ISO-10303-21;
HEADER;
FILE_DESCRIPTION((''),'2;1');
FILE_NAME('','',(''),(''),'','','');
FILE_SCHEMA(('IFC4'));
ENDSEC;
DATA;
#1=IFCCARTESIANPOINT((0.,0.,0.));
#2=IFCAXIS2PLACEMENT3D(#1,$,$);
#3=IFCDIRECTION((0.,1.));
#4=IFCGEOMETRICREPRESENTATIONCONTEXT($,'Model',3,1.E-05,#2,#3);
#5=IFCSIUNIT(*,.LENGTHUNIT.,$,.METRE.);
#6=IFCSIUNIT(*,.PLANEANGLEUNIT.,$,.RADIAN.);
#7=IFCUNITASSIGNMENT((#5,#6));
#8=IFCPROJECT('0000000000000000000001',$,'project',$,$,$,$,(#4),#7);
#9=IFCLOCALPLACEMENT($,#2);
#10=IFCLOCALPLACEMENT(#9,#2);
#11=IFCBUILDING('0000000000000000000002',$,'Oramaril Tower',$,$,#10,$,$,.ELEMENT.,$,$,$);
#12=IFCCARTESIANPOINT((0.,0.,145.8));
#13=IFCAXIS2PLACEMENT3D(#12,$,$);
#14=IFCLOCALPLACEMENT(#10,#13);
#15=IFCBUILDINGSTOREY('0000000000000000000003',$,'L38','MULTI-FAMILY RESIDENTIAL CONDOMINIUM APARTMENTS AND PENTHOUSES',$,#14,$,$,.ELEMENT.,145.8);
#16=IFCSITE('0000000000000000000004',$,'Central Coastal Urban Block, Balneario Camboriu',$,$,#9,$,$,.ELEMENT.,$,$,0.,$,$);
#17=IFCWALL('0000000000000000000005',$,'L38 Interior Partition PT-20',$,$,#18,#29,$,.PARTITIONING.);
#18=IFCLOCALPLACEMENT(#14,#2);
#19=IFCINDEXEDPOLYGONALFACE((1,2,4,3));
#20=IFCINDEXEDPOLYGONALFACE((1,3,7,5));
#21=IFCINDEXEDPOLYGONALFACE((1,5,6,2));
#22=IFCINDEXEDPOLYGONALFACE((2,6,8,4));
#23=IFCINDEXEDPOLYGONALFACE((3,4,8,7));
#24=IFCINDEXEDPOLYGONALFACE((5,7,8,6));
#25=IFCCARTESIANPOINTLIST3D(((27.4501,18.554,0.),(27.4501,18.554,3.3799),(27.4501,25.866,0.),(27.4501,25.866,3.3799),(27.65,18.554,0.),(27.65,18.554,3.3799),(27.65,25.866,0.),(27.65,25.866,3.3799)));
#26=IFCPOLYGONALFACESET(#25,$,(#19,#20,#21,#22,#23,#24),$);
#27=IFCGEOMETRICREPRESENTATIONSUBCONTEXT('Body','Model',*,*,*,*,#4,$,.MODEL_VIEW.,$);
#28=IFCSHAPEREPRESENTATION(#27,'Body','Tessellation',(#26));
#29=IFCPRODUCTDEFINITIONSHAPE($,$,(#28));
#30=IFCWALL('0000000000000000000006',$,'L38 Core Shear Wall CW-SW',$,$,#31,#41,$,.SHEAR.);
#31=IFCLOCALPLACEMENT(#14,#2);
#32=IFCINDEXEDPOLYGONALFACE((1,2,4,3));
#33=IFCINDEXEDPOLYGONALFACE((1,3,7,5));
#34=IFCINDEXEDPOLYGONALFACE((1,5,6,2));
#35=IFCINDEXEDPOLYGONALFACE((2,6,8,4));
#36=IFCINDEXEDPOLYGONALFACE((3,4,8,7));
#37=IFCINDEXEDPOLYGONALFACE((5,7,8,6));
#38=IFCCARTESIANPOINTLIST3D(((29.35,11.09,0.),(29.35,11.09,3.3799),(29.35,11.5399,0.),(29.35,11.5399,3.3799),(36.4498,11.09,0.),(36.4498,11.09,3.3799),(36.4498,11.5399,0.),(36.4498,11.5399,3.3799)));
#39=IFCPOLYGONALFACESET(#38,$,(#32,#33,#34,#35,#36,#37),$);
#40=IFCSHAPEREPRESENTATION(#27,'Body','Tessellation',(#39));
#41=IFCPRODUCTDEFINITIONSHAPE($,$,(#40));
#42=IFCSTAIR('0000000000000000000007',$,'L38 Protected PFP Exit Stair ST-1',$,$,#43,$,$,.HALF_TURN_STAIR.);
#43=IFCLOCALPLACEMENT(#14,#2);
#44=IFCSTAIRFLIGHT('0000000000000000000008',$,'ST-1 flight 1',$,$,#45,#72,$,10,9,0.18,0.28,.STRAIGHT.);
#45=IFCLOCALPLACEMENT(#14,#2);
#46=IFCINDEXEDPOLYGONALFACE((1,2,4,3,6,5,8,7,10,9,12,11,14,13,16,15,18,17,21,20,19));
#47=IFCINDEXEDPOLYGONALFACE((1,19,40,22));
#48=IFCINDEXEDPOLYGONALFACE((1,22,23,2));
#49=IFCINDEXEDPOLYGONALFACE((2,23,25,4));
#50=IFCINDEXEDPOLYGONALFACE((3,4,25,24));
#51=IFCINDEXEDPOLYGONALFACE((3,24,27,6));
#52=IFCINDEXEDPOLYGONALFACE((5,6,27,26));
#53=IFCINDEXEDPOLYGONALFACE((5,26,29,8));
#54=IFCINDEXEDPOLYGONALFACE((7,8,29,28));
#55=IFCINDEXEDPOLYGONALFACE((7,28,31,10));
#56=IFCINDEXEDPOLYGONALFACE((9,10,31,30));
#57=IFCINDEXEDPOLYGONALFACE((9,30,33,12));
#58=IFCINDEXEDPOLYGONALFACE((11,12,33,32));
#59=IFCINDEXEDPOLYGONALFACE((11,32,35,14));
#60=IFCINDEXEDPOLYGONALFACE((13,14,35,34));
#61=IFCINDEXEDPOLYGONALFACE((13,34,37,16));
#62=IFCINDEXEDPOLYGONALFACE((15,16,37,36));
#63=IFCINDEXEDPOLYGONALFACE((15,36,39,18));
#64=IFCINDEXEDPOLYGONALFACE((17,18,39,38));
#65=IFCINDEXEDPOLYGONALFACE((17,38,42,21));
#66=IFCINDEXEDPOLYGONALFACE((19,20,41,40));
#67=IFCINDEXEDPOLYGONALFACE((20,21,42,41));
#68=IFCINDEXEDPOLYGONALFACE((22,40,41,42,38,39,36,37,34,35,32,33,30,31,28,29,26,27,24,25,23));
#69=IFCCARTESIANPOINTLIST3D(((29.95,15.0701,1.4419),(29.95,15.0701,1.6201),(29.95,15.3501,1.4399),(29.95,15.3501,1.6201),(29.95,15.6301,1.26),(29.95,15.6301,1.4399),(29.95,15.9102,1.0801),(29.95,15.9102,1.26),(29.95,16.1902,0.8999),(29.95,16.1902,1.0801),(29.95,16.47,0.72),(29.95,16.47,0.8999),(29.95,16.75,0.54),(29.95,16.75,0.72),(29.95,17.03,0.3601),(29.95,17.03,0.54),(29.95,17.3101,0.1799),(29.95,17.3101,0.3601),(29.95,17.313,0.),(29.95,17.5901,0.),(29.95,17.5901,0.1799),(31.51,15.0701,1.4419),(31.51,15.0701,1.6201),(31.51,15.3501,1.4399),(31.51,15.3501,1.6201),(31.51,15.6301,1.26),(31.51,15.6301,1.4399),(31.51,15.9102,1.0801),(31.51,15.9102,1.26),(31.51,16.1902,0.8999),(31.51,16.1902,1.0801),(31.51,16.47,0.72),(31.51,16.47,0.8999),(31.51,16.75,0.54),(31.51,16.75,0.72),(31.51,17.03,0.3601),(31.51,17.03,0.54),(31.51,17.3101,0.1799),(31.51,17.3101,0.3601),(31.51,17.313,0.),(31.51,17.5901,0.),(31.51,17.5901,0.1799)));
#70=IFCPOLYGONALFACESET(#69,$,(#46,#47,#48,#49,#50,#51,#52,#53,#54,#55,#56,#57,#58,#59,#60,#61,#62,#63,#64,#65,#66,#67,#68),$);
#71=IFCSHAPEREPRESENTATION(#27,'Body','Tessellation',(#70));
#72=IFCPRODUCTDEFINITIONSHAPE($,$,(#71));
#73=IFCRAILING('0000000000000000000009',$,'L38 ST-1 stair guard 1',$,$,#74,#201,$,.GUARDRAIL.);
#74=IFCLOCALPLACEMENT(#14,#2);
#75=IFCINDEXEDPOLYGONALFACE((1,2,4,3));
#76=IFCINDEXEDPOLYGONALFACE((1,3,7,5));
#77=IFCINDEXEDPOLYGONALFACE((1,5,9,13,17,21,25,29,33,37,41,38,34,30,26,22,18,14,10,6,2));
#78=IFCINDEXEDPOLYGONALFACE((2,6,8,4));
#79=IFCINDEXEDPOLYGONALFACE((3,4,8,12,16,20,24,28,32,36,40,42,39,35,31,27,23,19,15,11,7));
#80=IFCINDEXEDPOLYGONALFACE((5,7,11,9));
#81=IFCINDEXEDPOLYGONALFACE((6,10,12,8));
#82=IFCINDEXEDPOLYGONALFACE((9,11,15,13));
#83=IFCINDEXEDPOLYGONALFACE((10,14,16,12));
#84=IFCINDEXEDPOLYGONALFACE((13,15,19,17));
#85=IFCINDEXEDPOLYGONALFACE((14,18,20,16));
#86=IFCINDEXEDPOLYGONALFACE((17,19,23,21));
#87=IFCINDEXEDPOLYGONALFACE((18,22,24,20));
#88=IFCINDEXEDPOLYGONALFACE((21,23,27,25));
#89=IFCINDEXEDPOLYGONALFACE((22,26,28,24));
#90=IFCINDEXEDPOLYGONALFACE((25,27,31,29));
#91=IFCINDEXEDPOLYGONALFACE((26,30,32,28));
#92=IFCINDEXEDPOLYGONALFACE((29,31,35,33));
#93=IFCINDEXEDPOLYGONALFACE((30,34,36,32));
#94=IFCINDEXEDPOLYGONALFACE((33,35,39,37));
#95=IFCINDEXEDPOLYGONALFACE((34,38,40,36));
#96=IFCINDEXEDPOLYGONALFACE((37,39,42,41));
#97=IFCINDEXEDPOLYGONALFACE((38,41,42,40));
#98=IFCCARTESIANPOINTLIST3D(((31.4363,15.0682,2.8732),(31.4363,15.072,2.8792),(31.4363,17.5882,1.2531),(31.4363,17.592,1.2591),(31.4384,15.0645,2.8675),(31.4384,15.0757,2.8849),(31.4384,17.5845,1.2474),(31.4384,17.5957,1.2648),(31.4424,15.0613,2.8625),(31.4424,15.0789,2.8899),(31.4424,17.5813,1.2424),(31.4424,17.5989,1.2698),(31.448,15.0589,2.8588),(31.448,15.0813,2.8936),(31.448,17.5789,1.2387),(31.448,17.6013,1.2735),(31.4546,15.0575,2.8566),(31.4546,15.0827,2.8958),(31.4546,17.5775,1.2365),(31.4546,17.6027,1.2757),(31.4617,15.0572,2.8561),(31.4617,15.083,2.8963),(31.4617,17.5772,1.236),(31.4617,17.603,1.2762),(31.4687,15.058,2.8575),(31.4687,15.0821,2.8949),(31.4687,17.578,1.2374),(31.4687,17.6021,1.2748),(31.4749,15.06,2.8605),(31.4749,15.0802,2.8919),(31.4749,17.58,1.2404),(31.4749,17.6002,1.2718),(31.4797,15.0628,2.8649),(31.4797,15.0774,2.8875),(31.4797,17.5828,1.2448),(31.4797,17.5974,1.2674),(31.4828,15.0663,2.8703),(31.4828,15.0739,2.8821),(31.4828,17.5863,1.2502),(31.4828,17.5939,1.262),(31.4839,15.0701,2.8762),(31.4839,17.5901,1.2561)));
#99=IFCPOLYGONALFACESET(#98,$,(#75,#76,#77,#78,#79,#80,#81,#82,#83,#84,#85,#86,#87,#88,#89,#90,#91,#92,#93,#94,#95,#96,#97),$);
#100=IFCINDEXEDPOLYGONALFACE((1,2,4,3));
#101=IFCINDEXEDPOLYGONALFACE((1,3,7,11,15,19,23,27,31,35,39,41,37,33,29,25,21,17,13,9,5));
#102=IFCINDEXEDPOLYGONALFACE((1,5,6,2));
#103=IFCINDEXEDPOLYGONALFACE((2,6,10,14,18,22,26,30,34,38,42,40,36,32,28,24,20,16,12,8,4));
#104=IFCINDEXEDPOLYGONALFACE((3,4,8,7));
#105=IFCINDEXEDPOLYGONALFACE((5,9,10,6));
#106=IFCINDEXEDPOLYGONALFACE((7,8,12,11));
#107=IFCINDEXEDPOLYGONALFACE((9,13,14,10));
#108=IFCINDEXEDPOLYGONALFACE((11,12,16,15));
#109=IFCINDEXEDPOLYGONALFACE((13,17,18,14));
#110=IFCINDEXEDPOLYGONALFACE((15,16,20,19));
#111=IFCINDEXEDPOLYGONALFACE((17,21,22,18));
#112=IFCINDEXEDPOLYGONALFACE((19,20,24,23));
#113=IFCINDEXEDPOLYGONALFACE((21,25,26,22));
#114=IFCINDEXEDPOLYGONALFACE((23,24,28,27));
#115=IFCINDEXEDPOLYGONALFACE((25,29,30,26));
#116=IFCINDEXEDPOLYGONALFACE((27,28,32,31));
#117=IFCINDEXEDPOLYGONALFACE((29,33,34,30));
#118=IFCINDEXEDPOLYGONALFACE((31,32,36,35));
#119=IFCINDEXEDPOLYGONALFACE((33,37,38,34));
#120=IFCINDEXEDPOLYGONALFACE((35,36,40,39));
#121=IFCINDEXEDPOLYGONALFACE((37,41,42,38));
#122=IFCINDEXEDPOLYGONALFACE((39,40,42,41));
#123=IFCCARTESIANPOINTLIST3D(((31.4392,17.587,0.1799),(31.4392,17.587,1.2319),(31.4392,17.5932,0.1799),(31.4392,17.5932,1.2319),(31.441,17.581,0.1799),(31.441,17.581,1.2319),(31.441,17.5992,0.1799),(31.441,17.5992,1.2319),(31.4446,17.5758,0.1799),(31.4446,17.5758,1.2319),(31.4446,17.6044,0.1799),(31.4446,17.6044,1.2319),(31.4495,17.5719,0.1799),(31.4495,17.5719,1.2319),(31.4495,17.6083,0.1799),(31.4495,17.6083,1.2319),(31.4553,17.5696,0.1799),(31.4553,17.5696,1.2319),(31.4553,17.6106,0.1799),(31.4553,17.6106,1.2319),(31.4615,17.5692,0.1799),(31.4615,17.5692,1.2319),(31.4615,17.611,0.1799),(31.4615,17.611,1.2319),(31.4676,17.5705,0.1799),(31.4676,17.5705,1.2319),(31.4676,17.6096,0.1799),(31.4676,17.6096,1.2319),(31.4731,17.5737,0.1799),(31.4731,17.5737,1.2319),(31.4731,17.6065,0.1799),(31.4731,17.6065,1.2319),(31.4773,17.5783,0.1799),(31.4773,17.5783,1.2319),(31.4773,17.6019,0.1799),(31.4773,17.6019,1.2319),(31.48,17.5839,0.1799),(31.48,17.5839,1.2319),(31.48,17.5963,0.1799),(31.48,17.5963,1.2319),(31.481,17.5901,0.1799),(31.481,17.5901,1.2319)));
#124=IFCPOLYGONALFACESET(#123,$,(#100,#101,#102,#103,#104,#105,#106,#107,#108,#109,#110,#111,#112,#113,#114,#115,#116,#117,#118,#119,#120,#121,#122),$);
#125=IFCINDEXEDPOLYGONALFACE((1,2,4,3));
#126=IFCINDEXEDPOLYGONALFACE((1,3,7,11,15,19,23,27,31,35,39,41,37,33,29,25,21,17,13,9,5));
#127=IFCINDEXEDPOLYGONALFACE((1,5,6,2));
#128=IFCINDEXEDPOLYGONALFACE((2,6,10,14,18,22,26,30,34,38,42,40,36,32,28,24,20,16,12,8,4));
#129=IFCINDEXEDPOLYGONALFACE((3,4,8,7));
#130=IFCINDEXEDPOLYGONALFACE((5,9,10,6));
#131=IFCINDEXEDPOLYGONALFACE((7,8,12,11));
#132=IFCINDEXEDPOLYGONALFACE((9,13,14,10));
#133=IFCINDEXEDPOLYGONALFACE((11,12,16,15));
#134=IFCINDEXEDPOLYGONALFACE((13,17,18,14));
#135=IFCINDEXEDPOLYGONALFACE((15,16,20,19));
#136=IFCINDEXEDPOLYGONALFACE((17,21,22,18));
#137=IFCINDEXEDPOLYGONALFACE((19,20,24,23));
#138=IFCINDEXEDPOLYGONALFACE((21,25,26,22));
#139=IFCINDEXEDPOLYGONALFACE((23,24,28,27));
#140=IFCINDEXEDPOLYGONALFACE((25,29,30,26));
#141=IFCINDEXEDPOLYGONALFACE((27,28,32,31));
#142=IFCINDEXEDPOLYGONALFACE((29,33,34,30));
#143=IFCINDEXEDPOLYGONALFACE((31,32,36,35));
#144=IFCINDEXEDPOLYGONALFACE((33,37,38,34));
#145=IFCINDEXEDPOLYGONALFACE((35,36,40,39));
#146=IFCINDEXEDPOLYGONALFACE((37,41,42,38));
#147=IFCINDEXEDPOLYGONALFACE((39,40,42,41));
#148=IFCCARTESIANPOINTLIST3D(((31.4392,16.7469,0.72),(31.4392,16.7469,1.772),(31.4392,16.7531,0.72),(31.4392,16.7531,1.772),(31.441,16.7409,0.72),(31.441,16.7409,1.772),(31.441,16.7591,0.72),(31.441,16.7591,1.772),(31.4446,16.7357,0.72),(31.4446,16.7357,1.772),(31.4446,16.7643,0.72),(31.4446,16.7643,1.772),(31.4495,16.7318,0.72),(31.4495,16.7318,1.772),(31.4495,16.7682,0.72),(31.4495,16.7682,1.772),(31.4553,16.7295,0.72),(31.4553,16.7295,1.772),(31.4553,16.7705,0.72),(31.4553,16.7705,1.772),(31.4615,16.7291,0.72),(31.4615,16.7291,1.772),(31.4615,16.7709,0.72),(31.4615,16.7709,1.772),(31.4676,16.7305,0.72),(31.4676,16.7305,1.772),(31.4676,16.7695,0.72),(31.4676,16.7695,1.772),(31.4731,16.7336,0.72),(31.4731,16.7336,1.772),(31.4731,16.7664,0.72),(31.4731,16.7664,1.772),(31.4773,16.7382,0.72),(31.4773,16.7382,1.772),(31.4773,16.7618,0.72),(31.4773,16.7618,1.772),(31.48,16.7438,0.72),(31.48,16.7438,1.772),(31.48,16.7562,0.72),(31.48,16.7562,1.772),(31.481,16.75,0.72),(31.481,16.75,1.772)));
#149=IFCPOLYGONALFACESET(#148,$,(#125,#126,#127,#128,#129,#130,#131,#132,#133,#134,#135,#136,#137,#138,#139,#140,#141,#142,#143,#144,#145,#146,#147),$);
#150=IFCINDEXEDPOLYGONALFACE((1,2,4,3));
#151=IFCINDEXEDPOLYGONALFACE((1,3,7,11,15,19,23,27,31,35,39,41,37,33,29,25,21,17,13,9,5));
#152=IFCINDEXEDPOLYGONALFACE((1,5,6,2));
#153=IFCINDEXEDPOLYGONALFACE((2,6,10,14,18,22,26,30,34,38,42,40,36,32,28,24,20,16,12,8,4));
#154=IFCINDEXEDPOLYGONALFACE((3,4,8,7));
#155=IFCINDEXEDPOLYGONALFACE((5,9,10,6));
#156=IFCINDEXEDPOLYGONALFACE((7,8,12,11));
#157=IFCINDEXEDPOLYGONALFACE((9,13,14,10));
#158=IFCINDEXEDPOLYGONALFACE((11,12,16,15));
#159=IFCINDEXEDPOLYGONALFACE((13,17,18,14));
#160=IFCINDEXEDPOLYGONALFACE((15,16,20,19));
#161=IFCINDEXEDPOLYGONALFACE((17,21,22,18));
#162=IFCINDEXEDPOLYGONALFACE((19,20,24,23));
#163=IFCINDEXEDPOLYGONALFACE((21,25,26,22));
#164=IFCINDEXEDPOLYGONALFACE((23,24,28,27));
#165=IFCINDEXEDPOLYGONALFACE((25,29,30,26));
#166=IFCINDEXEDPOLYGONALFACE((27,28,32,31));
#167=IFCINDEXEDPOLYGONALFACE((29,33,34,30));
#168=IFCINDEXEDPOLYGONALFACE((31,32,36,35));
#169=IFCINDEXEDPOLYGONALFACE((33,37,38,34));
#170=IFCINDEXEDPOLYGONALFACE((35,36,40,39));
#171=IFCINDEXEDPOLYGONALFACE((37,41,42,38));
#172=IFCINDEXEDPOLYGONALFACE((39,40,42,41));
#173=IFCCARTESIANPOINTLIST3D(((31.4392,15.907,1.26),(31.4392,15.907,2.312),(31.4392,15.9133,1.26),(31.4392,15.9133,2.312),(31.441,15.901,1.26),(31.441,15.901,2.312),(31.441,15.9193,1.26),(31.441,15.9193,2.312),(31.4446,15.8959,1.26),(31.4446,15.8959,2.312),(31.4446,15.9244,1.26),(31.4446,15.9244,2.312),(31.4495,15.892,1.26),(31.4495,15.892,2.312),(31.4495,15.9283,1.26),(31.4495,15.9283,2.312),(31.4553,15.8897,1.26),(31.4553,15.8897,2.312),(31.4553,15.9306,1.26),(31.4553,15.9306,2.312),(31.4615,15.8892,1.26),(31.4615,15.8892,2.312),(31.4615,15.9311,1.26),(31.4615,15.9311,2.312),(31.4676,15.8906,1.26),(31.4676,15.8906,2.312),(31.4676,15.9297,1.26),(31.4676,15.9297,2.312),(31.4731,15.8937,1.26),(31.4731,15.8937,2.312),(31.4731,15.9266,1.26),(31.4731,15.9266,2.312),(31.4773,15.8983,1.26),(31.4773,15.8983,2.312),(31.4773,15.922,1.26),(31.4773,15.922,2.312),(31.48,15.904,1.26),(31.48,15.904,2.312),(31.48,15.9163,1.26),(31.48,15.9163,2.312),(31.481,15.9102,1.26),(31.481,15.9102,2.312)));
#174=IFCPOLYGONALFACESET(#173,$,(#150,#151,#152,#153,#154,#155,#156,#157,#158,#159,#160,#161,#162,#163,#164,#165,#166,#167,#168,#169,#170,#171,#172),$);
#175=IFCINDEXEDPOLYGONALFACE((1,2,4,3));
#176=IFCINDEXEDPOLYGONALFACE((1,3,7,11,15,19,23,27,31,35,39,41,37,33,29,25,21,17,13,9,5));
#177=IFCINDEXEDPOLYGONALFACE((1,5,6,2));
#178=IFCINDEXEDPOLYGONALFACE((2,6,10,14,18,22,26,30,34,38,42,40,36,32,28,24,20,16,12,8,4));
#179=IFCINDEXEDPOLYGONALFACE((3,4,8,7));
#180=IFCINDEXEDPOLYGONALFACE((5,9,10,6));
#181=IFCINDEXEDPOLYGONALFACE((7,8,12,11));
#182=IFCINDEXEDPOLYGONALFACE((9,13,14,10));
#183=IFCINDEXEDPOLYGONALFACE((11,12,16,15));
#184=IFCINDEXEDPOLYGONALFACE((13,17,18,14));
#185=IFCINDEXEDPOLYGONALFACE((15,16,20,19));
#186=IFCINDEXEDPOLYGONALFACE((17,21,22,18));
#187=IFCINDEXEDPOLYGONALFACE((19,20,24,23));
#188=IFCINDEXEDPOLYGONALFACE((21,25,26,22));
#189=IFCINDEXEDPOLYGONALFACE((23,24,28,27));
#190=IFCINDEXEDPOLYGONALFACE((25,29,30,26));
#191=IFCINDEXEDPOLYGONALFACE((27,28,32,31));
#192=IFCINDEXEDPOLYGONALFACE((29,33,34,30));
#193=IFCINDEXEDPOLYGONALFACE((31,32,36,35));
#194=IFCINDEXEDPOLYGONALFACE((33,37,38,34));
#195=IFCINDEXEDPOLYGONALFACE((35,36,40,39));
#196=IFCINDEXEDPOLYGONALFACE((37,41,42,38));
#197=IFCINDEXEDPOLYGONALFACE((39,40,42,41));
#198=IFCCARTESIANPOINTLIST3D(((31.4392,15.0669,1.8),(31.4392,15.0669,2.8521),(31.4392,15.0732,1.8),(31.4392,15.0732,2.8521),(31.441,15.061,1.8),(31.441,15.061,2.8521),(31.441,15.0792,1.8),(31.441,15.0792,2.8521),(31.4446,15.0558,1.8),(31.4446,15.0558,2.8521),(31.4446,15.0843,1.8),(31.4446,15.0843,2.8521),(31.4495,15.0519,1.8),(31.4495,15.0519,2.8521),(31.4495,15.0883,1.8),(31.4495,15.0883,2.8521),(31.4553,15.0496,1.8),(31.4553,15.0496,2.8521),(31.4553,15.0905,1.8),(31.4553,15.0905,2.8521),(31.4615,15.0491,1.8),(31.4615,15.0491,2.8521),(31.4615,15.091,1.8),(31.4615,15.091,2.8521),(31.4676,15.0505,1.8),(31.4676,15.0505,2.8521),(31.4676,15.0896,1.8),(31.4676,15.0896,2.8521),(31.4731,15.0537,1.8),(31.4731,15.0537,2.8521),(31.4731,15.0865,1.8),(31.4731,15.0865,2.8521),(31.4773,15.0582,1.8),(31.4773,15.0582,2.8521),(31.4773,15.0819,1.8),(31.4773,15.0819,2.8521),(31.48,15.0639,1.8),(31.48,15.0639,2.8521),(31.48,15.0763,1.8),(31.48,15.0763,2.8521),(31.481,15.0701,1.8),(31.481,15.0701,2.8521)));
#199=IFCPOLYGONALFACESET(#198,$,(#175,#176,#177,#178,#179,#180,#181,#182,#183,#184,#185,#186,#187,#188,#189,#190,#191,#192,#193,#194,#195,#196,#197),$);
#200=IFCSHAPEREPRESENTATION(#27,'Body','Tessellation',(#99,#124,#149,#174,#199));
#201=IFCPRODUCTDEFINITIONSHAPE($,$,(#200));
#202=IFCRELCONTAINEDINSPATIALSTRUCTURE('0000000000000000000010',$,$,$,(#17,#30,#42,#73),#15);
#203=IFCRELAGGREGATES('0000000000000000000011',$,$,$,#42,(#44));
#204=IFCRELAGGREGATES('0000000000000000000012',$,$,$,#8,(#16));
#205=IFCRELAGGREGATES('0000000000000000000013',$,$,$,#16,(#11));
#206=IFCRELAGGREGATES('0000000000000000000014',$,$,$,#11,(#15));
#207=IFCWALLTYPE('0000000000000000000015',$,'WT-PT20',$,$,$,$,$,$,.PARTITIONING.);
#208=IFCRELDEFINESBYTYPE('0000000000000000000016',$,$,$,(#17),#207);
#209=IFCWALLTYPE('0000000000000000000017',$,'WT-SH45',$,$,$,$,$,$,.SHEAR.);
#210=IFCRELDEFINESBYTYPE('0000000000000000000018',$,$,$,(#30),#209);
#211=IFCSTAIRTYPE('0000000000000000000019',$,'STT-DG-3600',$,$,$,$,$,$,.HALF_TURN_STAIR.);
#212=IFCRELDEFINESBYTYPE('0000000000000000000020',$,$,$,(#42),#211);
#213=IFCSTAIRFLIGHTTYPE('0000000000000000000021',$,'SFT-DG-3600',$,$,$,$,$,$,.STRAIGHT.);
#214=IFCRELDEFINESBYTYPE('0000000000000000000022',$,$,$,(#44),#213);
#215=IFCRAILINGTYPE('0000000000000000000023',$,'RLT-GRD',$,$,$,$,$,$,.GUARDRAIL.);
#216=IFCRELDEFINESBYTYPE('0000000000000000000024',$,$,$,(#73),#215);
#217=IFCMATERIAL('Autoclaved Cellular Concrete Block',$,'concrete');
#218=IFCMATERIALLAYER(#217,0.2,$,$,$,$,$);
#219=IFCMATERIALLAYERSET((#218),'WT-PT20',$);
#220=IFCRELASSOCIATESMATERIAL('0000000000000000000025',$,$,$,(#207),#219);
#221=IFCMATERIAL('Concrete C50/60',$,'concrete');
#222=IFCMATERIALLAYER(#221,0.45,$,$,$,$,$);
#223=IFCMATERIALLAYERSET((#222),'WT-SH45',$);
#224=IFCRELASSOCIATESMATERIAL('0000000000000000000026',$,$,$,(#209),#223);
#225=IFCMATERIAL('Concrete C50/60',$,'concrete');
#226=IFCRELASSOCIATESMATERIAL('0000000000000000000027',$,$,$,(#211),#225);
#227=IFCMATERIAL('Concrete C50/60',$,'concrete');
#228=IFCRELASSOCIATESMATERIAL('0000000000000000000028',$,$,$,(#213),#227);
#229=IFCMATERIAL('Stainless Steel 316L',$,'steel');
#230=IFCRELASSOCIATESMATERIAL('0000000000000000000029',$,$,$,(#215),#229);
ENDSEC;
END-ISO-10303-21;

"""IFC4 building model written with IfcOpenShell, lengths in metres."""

from ifc_helpers import new_model, si_unit, direction, frame, frame_2d, origin, origin_2d, place, context, subcontext, project, spatial, polyline, rectangle, circle, outline, extrude, material, layer, layer_set, type_object, element, aggregate, save


model = new_model("IFC4")

# Units and contexts
model_context = context("Model", 3, precision=1e-05, world=origin(), true_north=direction((0.0, 1.0)))
body_context = subcontext(model_context, "Body", "Model", "MODEL_VIEW")
ifc_project = project(units=[si_unit("LENGTHUNIT", "METRE"), si_unit("PLANEANGLEUNIT", "RADIAN")], contexts=[model_context])

# Site, building, storey
site_placement = place(None, origin())
site = spatial("IfcSite", under=ifc_project, at=site_placement, Name="Central Coastal Urban Block, Balneario Camboriu", CompositionType="ELEMENT", RefElevation=0.0)
building_placement = place(site_placement, origin())
building = spatial("IfcBuilding", under=site, at=building_placement, Name="Oramaril Tower", CompositionType="ELEMENT")
storey_placement = place(building_placement, frame((0.0, 0.0, 145.8)))
storey = spatial("IfcBuildingStorey", under=building, at=storey_placement, Name="L38", Description="MULTI-FAMILY RESIDENTIAL CONDOMINIUM APARTMENTS AND PENTHOUSES", CompositionType="ELEMENT", Elevation=145.8)

# Wall
ifc_material_1 = material(Name="Autoclaved Cellular Concrete Block", Category="concrete")
ifc_layer_1 = layer(ifc_material_1, 0.2)
ifc_layer_set_1 = layer_set([ifc_layer_1], Name="WT-PT20")
wall_type_1 = type_object("IfcWallType", Name="WT-PT20", PredefinedType="PARTITIONING", material=ifc_layer_set_1)
wall_1_placement = place(storey_placement, frame((27.55, 18.554, 0.0), z_axis=(0.0, 0.0, 1.0), x_axis=(0.0, 1.0, 0.0)))
element("IfcWall", 1, at=wall_1_placement, inside=storey, type_object=wall_type_1, Name="L38 Interior Partition PT-20", PredefinedType="PARTITIONING", context=body_context, shape_type="SweptSolid", body=[
    extrude(rectangle(XDim=7.312, YDim=0.2, at=frame_2d((3.656, 0.0))), origin(), (0.0, 0.0, 1.0), 3.3799),
])

# Wall
ifc_material_2 = material(Name="Concrete C50/60", Category="concrete")
ifc_layer_2 = layer(ifc_material_2, 0.45)
ifc_layer_set_2 = layer_set([ifc_layer_2], Name="WT-SH45")
wall_type_2 = type_object("IfcWallType", Name="WT-SH45", PredefinedType="SHEAR", material=ifc_layer_set_2)
wall_2_placement = place(storey_placement, frame((29.3501, 11.3149, 0.0), z_axis=(0.0, 0.0, 1.0), x_axis=(1.0, 0.0, 0.0)))
element("IfcWall", 2, at=wall_2_placement, inside=storey, type_object=wall_type_2, Name="L38 Core Shear Wall CW-SW", PredefinedType="SHEAR", context=body_context, shape_type="SweptSolid", body=[
    extrude(rectangle(XDim=7.0999, YDim=0.45, at=frame_2d((3.5498, 0.0))), origin(), (0.0, 0.0, 1.0), 3.3799),
])

# Stair, stair flight
ifc_material_3 = material(Name="Concrete C50/60", Category="concrete")
stair_type = type_object("IfcStairType", Name="STT-DG-3600", PredefinedType="HALF_TURN_STAIR", material=ifc_material_3)
stair_placement = place(storey_placement, origin())
stair = element("IfcStair", 3, at=stair_placement, inside=storey, type_object=stair_type, Name="L38 Protected PFP Exit Stair ST-1", PredefinedType="HALF_TURN_STAIR")
ifc_material_4 = material(Name="Concrete C50/60", Category="concrete")
stair_flight_type = type_object("IfcStairFlightType", Name="SFT-DG-3600", PredefinedType="STRAIGHT", material=ifc_material_4)
stair_flight_placement = place(storey_placement, frame((30.73, 17.5901, 0.0), z_axis=(0.0, 0.0, 1.0), x_axis=(0.0, -1.0, 0.0)))
stair_flight = element("IfcStairFlight", 4, at=stair_flight_placement, type_object=stair_flight_type, Name="ST-1 flight 1", NumberOfRisers=10, NumberOfTreads=9, PredefinedType="STRAIGHT", RiserHeight=0.18, TreadLength=0.28, context=body_context, shape_type="SweptSolid", body=[
    extrude(outline(polyline([(0.0, 0.0), (0.0, 0.1799), (0.28, 0.1799), (0.28, 0.3601), (0.5601, 0.3601), (0.5601, 0.54), (0.8401, 0.54), (0.8401, 0.72), (1.1201, 0.72), (1.1201, 0.8999), (1.3999, 0.8999), (1.3999, 1.0801), (1.6799, 1.0801), (1.6799, 1.26), (1.96, 1.26), (1.96, 1.4399), (2.24, 1.4399), (2.24, 1.6201), (2.52, 1.6201), (2.52, 1.8), (2.52, 1.4419), (0.2771, 0.0), (0.0, 0.0)])), frame((0.0, 0.78, 0.0), z_axis=(0.0, -1.0, 0.0), x_axis=(1.0, 0.0, 0.0)), (0.0, 0.0, 1.0), 1.5601),
])
aggregate(stair, [stair_flight])

# Railing
ifc_material_5 = material(Name="Stainless Steel 316L", Category="steel")
railing_type_1 = type_object("IfcRailingType", Name="RLT-GRD", PredefinedType="GUARDRAIL", material=ifc_material_5)
railing_1_placement = place(storey_placement, frame((31.46, 17.5901, 0.1799)))
element("IfcRailing", 5, at=railing_1_placement, inside=storey, type_object=railing_type_1, Name="L38 ST-1 stair guard 1", PredefinedType="GUARDRAIL", context=body_context, shape_type="SweptSolid", body=[
    extrude(circle(Radius=0.0239, at=origin_2d()), frame((0.0, 0.0, 1.0762), z_axis=(0.0, -0.841163, 0.540782), x_axis=(1.0, 0.0, 0.0)), (0.0, 0.0, 1.0), 2.9958),
    extrude(circle(Radius=0.021, at=origin_2d()), origin(), (0.0, 0.0, 1.0), 1.052),
    extrude(circle(Radius=0.021, at=origin_2d()), frame((0.0, -0.8401, 0.54)), (0.0, 0.0, 1.0), 1.052),
    extrude(circle(Radius=0.021, at=origin_2d()), frame((0.0, -1.6799, 1.0801)), (0.0, 0.0, 1.0), 1.052),
    extrude(circle(Radius=0.021, at=origin_2d()), frame((0.0, -2.52, 1.6201)), (0.0, 0.0, 1.0), 1.052),
])

save(model, "model.ifc")
